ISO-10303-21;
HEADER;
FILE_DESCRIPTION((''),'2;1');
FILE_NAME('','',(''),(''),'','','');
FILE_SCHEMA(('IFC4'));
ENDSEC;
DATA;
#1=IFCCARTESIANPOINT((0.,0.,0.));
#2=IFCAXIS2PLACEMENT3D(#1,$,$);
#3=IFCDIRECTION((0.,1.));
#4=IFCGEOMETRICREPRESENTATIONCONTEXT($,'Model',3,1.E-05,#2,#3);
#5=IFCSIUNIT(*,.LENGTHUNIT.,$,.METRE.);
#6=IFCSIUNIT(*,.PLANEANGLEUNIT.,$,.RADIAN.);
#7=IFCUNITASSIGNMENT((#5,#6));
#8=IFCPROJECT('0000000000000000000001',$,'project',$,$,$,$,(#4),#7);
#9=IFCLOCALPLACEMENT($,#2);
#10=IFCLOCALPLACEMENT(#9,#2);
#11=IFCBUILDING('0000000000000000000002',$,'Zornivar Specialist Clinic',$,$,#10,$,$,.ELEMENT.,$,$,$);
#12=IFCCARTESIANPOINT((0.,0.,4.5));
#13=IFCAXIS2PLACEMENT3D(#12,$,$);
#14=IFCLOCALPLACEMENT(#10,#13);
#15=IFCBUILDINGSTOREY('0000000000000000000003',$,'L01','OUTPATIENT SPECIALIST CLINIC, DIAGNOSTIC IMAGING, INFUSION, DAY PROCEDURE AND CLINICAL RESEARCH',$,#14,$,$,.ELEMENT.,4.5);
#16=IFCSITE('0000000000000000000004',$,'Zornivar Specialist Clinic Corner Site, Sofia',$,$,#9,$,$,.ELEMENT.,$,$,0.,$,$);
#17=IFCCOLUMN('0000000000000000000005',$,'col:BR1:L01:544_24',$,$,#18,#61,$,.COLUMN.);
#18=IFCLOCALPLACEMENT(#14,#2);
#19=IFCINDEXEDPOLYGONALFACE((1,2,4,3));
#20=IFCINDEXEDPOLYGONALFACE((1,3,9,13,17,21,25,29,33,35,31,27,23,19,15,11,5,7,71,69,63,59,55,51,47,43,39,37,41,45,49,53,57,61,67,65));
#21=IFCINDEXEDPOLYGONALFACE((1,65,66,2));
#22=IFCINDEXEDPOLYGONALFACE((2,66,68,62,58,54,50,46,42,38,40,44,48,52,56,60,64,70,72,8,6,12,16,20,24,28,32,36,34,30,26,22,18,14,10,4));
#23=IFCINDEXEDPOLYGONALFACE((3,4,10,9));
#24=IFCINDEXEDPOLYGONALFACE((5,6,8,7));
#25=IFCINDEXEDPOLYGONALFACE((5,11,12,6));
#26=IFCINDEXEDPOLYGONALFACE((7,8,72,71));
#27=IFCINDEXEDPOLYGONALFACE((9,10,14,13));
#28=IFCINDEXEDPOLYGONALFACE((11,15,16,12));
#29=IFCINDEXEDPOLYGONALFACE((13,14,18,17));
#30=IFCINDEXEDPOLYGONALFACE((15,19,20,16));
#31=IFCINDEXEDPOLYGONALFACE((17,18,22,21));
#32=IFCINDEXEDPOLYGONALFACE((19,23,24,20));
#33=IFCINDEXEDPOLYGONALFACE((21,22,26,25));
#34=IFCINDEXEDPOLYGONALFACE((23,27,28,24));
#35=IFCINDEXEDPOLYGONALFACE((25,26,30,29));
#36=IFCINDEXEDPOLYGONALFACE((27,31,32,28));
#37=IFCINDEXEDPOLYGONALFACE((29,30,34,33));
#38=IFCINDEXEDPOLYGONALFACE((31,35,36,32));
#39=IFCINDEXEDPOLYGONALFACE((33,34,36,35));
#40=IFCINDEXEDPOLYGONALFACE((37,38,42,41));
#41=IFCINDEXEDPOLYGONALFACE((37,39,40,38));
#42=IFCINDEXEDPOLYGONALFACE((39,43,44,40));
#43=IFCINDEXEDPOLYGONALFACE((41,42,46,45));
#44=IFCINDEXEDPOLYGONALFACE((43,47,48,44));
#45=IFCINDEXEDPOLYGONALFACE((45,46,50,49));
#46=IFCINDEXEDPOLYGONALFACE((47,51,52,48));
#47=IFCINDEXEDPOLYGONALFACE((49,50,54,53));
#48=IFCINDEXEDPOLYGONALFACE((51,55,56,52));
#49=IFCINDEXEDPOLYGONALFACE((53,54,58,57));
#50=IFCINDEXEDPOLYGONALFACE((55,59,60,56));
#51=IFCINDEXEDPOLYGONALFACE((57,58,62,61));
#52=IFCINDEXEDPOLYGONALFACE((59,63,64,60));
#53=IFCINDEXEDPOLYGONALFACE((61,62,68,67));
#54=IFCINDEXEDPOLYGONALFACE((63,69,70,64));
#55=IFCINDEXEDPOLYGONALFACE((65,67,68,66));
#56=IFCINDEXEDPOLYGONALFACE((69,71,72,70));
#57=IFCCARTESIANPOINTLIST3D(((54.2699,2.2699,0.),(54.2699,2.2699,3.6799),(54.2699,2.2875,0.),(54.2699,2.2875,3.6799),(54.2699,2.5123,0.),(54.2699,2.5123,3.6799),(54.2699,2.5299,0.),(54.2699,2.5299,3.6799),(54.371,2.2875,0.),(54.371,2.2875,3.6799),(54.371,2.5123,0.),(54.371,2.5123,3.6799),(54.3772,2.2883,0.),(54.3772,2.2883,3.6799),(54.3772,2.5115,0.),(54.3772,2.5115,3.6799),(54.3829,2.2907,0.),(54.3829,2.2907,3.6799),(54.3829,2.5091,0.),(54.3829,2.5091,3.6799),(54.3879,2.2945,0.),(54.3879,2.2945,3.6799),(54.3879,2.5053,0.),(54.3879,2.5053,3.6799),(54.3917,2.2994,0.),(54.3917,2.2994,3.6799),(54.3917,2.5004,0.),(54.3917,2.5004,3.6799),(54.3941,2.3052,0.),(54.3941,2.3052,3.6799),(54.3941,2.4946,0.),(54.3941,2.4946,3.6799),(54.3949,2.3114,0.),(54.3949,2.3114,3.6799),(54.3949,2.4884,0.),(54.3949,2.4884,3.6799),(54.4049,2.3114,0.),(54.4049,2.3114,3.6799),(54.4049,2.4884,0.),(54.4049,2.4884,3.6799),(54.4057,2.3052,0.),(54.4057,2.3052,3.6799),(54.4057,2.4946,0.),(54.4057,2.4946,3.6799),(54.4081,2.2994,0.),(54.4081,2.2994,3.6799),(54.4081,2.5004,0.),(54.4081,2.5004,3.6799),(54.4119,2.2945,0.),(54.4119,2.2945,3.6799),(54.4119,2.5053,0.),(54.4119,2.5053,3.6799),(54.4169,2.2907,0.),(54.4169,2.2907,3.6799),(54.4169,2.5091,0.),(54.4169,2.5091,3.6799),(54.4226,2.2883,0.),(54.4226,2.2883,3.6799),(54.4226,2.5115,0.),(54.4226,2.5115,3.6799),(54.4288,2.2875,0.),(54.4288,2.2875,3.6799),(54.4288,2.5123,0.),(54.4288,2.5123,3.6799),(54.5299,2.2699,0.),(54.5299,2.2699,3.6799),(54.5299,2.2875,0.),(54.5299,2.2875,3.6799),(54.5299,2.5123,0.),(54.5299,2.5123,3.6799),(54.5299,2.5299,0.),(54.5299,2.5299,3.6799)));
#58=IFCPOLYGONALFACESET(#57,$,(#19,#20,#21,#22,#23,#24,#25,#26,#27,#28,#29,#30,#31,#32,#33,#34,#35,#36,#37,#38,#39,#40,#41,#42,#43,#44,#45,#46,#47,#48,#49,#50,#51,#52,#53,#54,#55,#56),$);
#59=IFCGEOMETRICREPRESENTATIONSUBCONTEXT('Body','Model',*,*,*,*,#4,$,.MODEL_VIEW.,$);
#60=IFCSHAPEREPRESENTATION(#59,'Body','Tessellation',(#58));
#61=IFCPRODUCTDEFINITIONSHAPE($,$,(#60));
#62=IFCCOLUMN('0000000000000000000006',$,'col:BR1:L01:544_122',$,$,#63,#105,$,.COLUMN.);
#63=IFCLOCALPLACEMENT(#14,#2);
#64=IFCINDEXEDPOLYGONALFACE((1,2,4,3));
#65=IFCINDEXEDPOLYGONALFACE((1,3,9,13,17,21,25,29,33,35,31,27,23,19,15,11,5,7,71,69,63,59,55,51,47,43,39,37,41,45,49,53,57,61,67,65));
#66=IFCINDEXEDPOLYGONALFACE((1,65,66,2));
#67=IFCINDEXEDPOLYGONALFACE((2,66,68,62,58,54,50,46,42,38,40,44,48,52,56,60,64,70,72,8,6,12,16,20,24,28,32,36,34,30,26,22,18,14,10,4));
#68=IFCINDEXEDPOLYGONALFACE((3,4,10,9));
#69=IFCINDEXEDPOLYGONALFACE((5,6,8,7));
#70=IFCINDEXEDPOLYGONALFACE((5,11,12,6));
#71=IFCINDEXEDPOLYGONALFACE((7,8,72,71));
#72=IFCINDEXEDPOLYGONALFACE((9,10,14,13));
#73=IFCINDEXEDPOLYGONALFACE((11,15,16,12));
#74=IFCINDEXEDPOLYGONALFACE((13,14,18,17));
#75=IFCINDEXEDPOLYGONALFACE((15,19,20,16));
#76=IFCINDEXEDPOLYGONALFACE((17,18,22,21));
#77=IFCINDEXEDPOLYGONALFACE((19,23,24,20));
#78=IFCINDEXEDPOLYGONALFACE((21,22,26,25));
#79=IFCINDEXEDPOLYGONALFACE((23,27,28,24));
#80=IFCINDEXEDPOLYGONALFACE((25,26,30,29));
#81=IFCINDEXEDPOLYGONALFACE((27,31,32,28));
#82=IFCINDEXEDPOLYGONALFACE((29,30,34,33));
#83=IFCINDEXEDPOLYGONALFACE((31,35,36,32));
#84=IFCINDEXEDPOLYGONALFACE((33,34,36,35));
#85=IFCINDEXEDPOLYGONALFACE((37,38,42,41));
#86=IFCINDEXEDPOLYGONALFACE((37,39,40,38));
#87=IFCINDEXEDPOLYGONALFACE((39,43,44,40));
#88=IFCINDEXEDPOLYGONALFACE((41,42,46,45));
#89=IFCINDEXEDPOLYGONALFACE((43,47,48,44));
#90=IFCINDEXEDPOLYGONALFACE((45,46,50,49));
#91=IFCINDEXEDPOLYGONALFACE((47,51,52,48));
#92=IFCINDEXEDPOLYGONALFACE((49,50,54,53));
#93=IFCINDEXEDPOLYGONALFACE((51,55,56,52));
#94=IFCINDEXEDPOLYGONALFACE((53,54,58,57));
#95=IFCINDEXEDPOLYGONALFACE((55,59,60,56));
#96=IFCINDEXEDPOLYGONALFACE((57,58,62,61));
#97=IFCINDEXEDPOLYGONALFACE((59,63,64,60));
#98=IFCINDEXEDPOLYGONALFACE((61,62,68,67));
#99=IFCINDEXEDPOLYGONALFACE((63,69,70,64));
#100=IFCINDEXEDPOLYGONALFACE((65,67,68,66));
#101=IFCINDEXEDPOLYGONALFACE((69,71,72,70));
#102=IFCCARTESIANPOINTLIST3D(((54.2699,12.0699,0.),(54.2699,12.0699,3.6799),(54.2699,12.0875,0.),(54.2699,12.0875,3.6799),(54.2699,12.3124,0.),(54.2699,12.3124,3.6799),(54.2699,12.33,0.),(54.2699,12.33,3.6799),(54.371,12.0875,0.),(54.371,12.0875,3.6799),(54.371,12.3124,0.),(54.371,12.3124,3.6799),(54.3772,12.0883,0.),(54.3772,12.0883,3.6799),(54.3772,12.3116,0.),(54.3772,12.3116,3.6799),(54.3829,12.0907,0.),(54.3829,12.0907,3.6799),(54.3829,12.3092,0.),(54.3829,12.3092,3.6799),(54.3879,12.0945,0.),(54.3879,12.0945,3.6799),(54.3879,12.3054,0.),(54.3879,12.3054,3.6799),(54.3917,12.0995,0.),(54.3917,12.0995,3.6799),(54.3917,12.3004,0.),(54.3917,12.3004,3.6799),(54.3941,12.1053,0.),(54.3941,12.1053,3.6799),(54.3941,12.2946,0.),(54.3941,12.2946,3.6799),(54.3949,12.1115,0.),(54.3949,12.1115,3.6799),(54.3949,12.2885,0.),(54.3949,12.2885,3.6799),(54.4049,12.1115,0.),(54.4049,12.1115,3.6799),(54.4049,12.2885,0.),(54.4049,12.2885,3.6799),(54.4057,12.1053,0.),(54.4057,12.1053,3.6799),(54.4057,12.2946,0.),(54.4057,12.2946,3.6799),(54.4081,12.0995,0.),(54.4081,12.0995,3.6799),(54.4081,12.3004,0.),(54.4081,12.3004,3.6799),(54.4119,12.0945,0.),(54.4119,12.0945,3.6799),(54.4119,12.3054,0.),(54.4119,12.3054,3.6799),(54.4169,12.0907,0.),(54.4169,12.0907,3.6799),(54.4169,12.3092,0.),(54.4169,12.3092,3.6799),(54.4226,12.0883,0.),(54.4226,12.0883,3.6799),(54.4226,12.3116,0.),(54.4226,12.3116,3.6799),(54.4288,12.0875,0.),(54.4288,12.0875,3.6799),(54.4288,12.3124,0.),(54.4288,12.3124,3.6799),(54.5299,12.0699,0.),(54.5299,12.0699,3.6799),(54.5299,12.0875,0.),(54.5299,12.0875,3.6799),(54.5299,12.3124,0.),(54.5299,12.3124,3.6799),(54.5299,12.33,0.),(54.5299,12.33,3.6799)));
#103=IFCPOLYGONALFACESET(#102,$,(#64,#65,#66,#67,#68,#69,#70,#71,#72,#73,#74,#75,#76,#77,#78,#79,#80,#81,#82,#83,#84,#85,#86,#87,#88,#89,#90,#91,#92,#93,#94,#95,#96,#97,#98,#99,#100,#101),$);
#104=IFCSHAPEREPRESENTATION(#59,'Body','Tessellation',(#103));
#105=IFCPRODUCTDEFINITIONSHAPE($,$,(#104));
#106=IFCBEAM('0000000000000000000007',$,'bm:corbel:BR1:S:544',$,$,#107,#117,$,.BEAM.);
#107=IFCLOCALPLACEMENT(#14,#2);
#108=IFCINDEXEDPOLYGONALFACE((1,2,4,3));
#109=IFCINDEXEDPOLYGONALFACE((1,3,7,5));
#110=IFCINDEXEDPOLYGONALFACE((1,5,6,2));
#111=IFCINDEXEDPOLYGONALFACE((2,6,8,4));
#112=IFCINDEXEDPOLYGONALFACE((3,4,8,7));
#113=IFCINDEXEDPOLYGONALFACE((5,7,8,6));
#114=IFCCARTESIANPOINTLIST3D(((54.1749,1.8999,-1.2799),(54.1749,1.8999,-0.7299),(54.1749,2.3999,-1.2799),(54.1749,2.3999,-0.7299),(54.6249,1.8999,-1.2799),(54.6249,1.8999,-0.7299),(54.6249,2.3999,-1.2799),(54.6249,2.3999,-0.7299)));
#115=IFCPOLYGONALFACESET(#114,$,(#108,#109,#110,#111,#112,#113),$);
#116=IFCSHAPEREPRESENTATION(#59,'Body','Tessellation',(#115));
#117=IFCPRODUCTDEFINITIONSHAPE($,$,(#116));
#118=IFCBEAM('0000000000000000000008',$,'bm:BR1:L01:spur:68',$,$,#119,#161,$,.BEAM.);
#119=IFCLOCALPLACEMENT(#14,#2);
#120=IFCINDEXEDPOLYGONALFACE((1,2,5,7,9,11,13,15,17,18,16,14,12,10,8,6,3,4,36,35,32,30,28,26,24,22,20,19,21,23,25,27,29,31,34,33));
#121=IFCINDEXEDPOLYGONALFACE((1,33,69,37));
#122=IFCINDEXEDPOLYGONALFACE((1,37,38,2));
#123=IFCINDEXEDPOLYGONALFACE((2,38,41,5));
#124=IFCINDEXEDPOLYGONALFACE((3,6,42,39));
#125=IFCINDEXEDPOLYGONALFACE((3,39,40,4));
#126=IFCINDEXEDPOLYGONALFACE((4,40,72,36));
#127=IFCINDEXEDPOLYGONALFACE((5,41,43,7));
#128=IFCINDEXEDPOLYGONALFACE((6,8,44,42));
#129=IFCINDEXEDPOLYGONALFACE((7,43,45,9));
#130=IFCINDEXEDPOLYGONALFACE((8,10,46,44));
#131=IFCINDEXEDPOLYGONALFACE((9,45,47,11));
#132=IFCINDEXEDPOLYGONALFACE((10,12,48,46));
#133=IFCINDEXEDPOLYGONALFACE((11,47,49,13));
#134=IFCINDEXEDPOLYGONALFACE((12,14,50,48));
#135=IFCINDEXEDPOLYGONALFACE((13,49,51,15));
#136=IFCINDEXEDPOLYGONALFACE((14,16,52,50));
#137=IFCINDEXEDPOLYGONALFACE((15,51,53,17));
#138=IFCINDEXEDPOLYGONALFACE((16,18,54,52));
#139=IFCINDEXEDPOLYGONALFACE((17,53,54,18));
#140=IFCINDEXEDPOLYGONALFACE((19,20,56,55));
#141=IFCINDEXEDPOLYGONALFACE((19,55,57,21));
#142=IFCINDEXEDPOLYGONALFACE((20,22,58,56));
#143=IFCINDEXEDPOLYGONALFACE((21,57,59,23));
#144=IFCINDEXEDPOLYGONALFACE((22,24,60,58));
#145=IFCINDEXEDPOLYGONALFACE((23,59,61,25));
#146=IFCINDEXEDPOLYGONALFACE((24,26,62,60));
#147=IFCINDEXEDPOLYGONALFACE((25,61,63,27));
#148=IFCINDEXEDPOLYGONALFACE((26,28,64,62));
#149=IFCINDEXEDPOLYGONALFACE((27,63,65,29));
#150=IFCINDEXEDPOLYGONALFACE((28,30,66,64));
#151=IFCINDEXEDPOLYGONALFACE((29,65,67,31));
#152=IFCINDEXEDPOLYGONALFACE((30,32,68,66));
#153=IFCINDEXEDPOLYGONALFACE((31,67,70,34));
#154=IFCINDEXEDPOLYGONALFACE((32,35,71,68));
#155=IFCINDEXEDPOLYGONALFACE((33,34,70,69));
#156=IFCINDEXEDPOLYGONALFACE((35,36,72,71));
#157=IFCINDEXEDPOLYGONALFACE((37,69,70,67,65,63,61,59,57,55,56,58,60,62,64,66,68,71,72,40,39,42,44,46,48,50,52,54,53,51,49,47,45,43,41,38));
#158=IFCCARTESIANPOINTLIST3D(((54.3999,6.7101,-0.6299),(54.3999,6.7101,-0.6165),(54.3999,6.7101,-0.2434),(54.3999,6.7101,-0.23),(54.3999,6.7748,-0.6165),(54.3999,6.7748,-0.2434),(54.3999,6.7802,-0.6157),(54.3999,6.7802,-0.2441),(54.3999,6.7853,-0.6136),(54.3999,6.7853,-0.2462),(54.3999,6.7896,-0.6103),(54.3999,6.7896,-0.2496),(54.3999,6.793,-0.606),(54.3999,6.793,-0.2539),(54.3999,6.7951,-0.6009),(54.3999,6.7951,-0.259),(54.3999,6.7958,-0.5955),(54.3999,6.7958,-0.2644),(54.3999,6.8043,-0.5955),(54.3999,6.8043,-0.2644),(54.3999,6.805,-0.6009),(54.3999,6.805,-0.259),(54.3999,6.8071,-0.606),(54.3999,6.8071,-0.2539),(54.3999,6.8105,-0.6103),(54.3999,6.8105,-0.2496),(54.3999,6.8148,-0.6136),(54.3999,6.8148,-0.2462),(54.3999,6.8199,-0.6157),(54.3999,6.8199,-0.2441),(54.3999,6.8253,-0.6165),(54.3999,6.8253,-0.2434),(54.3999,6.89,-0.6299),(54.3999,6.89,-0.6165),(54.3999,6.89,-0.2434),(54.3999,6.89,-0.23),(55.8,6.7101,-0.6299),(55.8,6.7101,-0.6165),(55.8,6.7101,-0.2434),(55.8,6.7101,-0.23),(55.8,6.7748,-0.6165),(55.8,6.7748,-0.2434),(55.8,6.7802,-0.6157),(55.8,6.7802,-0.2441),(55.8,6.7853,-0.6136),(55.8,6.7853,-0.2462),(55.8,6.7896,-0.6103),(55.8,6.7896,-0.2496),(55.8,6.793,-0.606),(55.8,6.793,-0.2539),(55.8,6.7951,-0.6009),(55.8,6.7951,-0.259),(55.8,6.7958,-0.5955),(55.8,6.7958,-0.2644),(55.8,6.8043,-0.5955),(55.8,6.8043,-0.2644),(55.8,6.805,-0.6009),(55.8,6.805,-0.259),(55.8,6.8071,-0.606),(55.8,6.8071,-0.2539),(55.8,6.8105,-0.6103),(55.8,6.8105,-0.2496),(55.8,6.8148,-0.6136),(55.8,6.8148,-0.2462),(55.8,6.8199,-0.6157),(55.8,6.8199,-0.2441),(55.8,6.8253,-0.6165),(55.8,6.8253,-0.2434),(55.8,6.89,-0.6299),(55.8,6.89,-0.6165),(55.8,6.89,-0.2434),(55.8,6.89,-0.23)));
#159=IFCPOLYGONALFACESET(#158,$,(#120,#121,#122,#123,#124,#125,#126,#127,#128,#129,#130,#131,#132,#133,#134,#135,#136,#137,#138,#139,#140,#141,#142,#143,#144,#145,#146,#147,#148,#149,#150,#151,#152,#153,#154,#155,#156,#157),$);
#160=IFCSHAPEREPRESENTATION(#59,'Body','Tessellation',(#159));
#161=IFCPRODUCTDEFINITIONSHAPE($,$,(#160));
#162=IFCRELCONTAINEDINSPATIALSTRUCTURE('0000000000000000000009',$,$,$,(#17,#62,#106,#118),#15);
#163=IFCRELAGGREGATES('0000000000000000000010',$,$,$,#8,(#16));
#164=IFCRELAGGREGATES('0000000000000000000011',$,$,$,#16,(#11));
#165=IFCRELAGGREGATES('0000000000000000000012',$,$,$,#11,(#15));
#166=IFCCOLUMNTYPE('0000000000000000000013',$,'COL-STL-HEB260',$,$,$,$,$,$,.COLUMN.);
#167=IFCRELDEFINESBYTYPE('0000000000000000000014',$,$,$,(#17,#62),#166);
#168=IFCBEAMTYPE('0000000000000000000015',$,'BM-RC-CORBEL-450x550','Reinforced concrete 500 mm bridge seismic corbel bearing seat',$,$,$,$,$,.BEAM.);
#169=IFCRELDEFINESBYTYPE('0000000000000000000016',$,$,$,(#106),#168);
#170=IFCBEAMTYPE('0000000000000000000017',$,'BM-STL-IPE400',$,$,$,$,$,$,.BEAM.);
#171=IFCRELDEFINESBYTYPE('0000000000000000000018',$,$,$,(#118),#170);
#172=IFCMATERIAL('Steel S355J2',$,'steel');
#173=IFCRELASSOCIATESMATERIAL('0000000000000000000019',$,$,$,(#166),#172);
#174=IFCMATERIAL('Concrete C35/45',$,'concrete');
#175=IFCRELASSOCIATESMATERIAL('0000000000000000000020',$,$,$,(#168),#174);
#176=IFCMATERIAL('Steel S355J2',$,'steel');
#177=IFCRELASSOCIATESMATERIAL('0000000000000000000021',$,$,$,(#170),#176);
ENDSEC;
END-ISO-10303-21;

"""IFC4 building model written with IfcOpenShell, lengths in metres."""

from ifc_helpers import new_model, si_unit, direction, frame, origin, origin_2d, place, context, subcontext, project, spatial, rectangle, i_section, extrude, material, material_profile, profile_set, type_object, element, save


model = new_model("IFC4")

# Units and contexts
model_context = context("Model", 3, precision=1e-05, world=origin(), true_north=direction((0.0, 1.0)))
body_context = subcontext(model_context, "Body", "Model", "MODEL_VIEW")
ifc_project = project(units=[si_unit("LENGTHUNIT", "METRE"), si_unit("PLANEANGLEUNIT", "RADIAN")], contexts=[model_context])

# Site, building, storey
site_placement = place(None, origin())
site = spatial("IfcSite", under=ifc_project, at=site_placement, Name="Zornivar Specialist Clinic Corner Site, Sofia", CompositionType="ELEMENT", RefElevation=0.0)
building_placement = place(site_placement, origin())
building = spatial("IfcBuilding", under=site, at=building_placement, Name="Zornivar Specialist Clinic", CompositionType="ELEMENT")
storey_placement = place(building_placement, frame((0.0, 0.0, 4.5)))
storey = spatial("IfcBuildingStorey", under=building, at=storey_placement, Name="L01", Description="OUTPATIENT SPECIALIST CLINIC, DIAGNOSTIC IMAGING, INFUSION, DAY PROCEDURE AND CLINICAL RESEARCH", CompositionType="ELEMENT", Elevation=4.5)

# Columns
ifc_material_1 = material(Name="Steel S355J2", Category="steel")
ifc_material_profile_1 = material_profile(ifc_material_1, i_section(OverallWidth=0.26, OverallDepth=0.26, WebThickness=0.01, FlangeThickness=0.0176, FilletRadius=0.0239, at=origin_2d()), Name="HEB 260")
ifc_profile_set_1 = profile_set([ifc_material_profile_1], Name="Steel S355J2")
column_type = type_object("IfcColumnType", Name="COL-STL-HEB260", PredefinedType="COLUMN", material=ifc_profile_set_1)
for number, where, z_axis, x_axis, name in (
    (1, (54.3999, 2.3999, 0.0), (0.0, 0.0, 1.0), (1.0, 0.0, 0.0), "col:BR1:L01:544_24"),
    (2, (54.3999, 12.2, 0.0), (0.0, 0.0, 1.0), (1.0, 0.0, 0.0), "col:BR1:L01:544_122"),
):
    element("IfcColumn", number, at=place(storey_placement, frame(where, z_axis=z_axis, x_axis=x_axis)), inside=storey, type_object=column_type, Name=name, PredefinedType="COLUMN", context=body_context, shape_type="SweptSolid", body=[
        extrude(i_section(OverallWidth=0.26, OverallDepth=0.26, WebThickness=0.01, FlangeThickness=0.0176, FilletRadius=0.0239, at=origin_2d()), origin(), (0.0, 0.0, 1.0), 3.6799),
    ])

# Beams
ifc_material_2 = material(Name="Concrete C35/45", Category="concrete")
ifc_material_profile_2 = material_profile(ifc_material_2, rectangle(XDim=0.45, YDim=0.55, at=origin_2d()), Name="RC 450x550")
ifc_profile_set_2 = profile_set([ifc_material_profile_2], Name="Concrete C35/45")
beam_type_1 = type_object("IfcBeamType", Name="BM-RC-CORBEL-450x550", Description="Reinforced concrete 500 mm bridge seismic corbel bearing seat", PredefinedType="BEAM", material=ifc_profile_set_2)
beam_1_placement = place(storey_placement, frame((54.3999, 2.3999, -1.0049), z_axis=(0.0, -1.0, 0.0), x_axis=(1.0, 0.0, 0.0)))
element("IfcBeam", 3, at=beam_1_placement, inside=storey, type_object=beam_type_1, Name="bm:corbel:BR1:S:544", PredefinedType="BEAM", context=body_context, shape_type="SweptSolid", body=[
    extrude(rectangle(XDim=0.45, YDim=0.55, at=origin_2d()), origin(), (0.0, 0.0, 1.0), 0.5),
])
ifc_material_3 = material(Name="Steel S355J2", Category="steel")
ifc_material_profile_3 = material_profile(ifc_material_3, i_section(OverallWidth=0.1799, OverallDepth=0.3999, WebThickness=0.0085, FlangeThickness=0.0134, FilletRadius=0.021, at=origin_2d()), Name="IPE 400")
ifc_profile_set_3 = profile_set([ifc_material_profile_3], Name="Steel S355J2")
beam_type_2 = type_object("IfcBeamType", Name="BM-STL-IPE400", PredefinedType="BEAM", material=ifc_profile_set_3)
for number, where, z_axis, x_axis, name in (
    (4, (54.3999, 6.8, -0.4299), (1.0, 0.0, 0.0), (0.0, 1.0, 0.0), "bm:BR1:L01:spur:68"),
):
    element("IfcBeam", number, at=place(storey_placement, frame(where, z_axis=z_axis, x_axis=x_axis)), inside=storey, type_object=beam_type_2, Name=name, PredefinedType="BEAM", context=body_context, shape_type="SweptSolid", body=[
        extrude(i_section(OverallWidth=0.1799, OverallDepth=0.3999, WebThickness=0.0085, FlangeThickness=0.0134, FilletRadius=0.021, at=origin_2d()), origin(), (0.0, 0.0, 1.0), 1.4001),
    ])

save(model, "model.ifc")
